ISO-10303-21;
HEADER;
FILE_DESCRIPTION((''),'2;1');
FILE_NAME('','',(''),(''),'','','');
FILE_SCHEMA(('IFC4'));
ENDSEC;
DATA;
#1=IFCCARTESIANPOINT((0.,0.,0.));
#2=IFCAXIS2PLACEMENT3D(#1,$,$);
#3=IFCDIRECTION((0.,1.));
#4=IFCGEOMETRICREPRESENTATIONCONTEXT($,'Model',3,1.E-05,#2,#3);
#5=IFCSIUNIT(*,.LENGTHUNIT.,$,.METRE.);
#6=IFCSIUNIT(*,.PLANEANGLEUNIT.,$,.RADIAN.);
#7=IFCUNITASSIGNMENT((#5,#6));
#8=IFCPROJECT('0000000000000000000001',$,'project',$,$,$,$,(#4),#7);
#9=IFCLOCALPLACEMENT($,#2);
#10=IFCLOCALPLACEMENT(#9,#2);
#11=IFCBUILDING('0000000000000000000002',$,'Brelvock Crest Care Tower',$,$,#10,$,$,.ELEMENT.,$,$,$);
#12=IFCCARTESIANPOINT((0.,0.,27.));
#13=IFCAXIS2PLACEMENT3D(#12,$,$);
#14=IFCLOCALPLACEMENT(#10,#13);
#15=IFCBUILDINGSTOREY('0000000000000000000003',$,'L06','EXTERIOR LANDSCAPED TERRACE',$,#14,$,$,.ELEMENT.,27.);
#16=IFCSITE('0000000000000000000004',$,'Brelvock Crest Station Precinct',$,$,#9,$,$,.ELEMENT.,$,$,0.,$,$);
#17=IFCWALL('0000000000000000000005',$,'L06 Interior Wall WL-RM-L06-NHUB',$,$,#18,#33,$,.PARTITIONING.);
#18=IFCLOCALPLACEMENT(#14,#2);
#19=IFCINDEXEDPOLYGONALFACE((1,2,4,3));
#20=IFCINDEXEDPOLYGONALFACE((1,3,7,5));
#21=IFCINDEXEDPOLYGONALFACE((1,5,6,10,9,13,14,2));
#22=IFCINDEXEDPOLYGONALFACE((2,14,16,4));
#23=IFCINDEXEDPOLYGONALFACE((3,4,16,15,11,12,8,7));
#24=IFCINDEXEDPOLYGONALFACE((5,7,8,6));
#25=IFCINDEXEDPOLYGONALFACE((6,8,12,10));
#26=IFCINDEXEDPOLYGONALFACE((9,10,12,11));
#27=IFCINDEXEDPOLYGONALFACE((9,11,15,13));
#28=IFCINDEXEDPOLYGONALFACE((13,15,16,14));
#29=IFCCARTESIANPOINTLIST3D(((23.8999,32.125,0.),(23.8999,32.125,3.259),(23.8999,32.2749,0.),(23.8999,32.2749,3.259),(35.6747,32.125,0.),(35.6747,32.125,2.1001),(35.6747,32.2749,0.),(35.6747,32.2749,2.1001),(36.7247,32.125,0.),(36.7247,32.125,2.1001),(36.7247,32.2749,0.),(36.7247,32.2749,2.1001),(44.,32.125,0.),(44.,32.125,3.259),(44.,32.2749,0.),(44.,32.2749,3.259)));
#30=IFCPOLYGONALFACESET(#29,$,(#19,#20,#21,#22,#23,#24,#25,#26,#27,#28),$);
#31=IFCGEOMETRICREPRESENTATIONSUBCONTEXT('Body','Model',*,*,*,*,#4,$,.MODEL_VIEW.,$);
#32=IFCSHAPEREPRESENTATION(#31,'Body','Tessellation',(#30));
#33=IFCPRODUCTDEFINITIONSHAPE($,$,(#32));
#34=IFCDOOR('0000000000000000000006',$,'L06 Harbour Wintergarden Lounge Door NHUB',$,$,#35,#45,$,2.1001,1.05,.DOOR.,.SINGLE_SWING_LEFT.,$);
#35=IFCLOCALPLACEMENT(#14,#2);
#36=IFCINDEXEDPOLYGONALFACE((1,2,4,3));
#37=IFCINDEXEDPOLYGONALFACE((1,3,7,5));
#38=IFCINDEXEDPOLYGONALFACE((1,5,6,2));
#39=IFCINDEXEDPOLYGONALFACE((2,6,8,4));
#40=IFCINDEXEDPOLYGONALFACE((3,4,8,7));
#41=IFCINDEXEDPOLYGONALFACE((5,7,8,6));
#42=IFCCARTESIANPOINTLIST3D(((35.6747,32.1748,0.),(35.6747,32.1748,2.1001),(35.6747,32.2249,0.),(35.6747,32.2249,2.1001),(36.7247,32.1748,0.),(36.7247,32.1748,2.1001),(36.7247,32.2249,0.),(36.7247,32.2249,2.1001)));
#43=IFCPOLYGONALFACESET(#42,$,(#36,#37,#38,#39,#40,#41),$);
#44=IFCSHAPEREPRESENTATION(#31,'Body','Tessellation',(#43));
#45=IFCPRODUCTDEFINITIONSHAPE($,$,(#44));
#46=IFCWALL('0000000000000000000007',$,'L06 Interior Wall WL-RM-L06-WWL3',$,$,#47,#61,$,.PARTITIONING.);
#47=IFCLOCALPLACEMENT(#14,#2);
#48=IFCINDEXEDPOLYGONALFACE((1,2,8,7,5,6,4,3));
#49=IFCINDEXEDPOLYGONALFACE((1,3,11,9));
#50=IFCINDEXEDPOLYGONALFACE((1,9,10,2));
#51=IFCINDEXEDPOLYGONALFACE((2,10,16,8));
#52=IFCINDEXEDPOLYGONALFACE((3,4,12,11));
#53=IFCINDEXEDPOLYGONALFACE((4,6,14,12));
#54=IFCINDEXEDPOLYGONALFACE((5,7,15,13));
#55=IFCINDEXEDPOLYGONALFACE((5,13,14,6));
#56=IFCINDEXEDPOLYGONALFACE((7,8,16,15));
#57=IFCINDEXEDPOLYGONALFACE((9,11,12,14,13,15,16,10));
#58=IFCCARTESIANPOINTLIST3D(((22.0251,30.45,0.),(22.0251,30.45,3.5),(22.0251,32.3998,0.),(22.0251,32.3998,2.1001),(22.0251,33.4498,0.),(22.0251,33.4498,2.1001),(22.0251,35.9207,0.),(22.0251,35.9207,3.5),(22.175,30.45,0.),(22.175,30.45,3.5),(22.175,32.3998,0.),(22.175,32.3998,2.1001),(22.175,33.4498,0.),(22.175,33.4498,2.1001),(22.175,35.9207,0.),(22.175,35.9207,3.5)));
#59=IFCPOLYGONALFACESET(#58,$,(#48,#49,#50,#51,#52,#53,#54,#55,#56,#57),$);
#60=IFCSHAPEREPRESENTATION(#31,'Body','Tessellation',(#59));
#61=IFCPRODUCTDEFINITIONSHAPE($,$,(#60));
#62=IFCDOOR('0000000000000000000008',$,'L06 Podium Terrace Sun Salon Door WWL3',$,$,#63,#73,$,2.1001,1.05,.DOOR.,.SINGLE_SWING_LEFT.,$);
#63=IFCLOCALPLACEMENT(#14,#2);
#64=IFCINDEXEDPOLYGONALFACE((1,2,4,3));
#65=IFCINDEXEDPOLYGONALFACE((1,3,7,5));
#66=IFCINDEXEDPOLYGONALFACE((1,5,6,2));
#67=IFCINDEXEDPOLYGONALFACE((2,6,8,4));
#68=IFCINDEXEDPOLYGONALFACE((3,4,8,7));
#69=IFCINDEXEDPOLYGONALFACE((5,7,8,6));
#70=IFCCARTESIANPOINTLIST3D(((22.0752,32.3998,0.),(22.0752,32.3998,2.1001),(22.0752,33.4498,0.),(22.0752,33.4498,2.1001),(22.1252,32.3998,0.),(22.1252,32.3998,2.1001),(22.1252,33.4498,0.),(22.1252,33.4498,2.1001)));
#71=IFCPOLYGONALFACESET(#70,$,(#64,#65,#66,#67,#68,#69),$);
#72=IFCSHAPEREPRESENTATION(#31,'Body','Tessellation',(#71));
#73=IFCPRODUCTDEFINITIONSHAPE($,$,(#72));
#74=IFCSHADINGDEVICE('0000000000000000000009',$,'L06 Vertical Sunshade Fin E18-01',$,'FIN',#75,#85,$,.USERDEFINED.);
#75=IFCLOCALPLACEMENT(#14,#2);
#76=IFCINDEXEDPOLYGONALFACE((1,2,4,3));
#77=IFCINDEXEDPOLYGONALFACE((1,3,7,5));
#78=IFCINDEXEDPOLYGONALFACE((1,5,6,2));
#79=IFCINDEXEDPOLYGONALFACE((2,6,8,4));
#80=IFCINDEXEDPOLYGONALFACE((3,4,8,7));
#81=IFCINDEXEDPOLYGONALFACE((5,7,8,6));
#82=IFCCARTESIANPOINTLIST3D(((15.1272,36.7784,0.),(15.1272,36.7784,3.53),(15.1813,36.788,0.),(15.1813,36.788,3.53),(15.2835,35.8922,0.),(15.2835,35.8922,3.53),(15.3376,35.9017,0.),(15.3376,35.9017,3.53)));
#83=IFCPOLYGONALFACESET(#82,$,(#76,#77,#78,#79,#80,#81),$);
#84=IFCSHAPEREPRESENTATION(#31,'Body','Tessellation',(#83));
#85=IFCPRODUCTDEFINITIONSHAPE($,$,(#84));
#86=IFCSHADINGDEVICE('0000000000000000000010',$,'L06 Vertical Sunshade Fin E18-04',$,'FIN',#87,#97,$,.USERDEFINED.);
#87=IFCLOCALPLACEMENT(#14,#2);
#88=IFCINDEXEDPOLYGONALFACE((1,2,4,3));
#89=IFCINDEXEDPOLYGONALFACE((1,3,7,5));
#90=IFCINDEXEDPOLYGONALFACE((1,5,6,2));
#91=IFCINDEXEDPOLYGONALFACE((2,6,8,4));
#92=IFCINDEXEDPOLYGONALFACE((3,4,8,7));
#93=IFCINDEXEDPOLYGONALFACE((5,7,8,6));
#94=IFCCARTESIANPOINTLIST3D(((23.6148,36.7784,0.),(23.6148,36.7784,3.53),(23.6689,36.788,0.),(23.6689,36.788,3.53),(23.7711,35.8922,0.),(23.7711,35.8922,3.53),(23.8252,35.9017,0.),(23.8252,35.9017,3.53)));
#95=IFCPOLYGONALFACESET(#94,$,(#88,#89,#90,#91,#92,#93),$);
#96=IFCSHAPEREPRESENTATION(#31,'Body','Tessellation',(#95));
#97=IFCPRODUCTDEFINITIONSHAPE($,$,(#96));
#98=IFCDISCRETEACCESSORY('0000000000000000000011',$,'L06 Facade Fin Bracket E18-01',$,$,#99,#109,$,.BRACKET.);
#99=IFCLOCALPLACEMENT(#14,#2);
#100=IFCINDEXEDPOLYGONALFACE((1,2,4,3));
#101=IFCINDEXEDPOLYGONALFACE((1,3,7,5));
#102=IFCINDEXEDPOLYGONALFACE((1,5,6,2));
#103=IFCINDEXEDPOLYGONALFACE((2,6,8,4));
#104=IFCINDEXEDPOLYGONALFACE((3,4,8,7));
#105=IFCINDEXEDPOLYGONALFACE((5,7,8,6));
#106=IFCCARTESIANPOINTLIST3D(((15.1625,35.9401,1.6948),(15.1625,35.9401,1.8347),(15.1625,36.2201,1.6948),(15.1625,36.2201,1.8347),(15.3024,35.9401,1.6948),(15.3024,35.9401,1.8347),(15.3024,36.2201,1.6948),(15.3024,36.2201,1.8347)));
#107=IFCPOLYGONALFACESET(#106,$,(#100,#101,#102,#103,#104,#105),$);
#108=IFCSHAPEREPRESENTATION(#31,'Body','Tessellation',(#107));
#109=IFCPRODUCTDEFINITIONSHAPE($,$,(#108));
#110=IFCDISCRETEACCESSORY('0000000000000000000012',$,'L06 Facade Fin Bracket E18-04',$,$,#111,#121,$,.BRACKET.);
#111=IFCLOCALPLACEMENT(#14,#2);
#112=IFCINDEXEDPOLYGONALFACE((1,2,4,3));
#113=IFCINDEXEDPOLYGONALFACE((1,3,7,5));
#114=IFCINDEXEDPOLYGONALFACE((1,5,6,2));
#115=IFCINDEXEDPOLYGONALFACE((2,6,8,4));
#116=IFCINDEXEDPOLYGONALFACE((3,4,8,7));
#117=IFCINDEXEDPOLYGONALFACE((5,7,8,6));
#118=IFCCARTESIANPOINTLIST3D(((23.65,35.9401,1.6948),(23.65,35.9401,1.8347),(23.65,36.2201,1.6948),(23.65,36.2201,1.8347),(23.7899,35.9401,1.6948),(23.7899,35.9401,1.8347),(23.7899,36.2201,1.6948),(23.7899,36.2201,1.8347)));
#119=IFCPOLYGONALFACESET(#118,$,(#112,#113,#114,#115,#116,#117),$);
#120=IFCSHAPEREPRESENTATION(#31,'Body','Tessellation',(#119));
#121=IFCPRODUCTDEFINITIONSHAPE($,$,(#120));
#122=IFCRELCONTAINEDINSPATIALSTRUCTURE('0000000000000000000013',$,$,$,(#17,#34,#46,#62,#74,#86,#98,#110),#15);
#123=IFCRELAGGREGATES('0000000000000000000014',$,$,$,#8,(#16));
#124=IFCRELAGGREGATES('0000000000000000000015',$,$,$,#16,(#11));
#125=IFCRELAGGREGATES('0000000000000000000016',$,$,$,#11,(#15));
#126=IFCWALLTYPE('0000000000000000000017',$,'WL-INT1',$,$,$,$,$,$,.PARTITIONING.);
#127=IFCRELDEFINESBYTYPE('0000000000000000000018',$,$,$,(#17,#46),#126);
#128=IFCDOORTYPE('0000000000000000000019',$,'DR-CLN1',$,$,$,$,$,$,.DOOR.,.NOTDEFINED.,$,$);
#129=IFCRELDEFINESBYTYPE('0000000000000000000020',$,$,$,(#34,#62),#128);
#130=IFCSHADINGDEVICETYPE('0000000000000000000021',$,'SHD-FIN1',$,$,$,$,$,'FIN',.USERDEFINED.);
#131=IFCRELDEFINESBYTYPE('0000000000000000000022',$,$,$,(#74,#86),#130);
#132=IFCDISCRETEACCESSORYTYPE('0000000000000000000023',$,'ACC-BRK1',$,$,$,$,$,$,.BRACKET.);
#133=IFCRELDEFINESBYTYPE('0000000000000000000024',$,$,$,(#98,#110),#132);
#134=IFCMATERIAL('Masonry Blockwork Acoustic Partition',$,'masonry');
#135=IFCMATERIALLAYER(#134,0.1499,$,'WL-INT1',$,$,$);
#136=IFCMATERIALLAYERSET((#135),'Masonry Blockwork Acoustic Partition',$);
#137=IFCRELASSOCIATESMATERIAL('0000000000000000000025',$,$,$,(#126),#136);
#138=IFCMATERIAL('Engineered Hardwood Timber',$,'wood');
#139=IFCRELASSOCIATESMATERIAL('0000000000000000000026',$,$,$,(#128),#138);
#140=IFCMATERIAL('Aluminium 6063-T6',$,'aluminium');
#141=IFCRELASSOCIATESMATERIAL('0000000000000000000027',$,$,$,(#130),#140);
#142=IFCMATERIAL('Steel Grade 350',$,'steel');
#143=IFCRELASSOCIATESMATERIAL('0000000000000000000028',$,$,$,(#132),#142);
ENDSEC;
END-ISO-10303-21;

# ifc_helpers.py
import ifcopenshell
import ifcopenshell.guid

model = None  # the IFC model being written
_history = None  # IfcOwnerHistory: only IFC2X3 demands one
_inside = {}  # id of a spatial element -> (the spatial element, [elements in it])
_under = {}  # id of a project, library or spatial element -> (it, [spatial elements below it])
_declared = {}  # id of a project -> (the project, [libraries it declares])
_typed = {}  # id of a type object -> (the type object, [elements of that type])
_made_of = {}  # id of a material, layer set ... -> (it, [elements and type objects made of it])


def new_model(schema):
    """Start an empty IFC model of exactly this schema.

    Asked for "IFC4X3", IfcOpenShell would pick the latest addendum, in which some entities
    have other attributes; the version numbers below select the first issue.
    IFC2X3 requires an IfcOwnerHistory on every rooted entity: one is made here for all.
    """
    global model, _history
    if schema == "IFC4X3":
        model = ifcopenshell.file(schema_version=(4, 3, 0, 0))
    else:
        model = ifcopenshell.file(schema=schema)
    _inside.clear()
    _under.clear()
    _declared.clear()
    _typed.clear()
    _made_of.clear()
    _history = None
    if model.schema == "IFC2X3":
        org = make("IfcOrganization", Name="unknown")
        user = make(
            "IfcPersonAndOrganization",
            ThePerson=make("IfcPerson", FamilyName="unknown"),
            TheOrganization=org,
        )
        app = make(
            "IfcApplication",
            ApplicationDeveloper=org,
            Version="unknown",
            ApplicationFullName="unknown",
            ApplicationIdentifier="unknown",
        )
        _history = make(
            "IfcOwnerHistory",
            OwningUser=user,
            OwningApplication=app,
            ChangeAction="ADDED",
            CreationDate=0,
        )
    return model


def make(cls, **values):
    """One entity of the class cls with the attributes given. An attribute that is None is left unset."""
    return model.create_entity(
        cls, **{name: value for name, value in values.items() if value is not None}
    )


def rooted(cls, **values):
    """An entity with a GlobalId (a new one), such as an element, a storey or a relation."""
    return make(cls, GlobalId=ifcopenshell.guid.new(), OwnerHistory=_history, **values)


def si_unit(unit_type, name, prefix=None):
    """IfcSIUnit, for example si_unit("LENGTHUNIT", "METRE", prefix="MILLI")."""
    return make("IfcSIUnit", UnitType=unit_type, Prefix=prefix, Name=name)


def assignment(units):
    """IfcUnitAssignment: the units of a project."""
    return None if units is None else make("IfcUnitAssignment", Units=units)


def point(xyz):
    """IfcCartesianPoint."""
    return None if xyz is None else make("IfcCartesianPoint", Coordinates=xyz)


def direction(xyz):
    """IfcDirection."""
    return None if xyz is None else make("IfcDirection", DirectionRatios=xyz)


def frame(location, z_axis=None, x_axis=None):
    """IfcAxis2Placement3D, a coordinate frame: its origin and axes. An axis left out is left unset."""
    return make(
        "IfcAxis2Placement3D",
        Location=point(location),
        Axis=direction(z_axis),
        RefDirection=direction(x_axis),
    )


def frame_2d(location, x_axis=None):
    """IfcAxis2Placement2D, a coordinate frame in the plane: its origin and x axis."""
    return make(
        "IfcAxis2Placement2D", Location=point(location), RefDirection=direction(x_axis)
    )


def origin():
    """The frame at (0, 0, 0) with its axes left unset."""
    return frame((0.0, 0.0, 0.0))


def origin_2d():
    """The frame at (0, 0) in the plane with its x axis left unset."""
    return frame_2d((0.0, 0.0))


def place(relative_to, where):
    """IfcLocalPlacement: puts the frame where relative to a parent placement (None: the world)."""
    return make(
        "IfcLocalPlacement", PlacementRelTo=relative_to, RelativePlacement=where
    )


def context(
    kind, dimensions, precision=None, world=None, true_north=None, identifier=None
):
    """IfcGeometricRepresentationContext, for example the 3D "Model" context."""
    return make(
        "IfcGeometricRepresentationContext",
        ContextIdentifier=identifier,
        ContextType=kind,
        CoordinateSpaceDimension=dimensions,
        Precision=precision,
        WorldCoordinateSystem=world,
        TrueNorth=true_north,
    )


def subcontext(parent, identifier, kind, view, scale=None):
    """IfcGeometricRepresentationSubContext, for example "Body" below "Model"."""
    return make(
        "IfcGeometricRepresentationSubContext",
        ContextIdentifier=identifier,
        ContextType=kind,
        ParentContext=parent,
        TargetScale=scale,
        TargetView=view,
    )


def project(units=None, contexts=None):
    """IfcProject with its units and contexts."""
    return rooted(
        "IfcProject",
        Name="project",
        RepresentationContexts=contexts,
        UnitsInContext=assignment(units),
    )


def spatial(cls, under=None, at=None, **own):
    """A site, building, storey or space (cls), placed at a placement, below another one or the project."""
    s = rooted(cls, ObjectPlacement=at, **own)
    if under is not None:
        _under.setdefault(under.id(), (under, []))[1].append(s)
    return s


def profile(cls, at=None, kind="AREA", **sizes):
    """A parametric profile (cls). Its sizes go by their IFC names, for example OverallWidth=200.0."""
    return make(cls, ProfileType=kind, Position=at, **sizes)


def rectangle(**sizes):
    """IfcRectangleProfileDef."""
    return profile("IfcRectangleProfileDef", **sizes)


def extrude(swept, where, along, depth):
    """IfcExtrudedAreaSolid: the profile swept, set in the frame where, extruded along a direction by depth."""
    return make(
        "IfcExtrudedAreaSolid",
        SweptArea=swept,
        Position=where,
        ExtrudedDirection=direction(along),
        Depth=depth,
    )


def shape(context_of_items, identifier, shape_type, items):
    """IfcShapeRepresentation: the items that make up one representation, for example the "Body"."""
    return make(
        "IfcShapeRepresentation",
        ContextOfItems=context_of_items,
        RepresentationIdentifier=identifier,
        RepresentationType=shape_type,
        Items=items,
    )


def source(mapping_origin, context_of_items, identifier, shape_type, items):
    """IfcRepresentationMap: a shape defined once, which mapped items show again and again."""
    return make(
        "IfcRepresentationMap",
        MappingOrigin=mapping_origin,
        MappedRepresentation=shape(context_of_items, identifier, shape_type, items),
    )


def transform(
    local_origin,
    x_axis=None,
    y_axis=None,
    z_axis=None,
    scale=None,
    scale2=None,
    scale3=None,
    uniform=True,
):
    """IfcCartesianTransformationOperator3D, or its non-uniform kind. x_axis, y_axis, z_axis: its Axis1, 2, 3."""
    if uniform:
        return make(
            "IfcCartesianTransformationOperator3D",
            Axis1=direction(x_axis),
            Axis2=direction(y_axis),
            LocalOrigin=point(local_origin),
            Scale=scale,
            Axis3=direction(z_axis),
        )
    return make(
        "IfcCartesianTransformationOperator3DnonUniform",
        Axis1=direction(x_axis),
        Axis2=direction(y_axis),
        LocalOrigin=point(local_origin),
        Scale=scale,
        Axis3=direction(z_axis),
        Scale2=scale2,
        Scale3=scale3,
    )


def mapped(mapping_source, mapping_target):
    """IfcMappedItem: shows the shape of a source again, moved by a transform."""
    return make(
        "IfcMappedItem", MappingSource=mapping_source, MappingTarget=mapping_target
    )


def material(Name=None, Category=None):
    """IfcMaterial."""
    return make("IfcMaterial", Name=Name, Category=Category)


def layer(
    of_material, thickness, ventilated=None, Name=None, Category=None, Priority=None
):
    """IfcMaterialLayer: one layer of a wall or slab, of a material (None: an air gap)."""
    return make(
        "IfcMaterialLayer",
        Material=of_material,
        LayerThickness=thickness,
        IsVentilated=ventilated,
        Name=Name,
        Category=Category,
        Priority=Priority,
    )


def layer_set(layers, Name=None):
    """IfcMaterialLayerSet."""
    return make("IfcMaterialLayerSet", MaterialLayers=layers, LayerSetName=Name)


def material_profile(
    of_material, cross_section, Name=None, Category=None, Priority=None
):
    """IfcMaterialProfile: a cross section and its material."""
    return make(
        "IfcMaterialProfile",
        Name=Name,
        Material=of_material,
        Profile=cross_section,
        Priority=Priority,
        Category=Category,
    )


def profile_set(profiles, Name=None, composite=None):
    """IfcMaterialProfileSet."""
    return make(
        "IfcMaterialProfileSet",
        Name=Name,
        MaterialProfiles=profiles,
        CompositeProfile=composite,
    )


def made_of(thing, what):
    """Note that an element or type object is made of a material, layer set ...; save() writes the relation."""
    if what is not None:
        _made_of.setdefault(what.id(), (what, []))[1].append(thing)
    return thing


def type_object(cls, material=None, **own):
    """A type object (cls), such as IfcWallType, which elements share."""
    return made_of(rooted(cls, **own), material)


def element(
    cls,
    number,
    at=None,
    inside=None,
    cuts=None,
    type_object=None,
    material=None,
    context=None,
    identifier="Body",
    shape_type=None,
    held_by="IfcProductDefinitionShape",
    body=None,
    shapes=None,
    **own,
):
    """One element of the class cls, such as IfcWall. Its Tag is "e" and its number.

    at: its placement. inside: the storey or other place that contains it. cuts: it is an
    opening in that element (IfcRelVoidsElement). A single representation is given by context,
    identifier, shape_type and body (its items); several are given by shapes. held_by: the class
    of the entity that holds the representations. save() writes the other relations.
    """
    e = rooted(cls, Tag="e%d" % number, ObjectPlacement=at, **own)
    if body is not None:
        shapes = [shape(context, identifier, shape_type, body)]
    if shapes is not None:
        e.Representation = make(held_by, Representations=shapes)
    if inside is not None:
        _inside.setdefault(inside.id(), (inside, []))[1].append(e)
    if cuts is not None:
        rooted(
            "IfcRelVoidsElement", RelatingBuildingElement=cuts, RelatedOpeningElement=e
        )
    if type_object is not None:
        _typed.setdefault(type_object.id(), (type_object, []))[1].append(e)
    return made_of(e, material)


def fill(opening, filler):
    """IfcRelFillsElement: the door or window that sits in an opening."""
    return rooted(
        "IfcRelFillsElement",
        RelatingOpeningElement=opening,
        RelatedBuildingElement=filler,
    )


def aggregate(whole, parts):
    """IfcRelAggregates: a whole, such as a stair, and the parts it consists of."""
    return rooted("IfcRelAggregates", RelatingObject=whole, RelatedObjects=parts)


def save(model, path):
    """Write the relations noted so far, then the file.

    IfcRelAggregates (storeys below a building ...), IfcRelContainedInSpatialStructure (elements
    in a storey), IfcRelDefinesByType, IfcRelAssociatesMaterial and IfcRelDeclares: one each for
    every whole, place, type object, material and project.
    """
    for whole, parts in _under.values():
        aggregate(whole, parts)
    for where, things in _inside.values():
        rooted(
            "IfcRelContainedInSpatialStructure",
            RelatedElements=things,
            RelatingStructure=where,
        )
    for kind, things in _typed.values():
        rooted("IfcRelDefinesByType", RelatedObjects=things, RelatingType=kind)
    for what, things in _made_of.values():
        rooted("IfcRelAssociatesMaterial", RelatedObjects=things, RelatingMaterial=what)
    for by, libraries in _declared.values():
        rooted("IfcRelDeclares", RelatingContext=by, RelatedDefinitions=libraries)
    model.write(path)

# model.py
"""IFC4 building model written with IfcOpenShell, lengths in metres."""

from ifc_helpers import new_model, si_unit, direction, frame, frame_2d, origin, origin_2d, place, context, subcontext, project, spatial, rectangle, extrude, source, transform, mapped, material, layer, layer_set, material_profile, profile_set, type_object, element, fill, save


model = new_model("IFC4")

# Units and contexts
model_context = context("Model", 3, precision=1e-05, world=origin(), true_north=direction((0.0, 1.0)))
body_context = subcontext(model_context, "Body", "Model", "MODEL_VIEW")
ifc_project = project(units=[si_unit("LENGTHUNIT", "METRE"), si_unit("PLANEANGLEUNIT", "RADIAN")], contexts=[model_context])

# Site, building, storey
site_placement = place(None, origin())
site = spatial("IfcSite", under=ifc_project, at=site_placement, Name="Brelvock Crest Station Precinct", CompositionType="ELEMENT", RefElevation=0.0)
building_placement = place(site_placement, origin())
building = spatial("IfcBuilding", under=site, at=building_placement, Name="Brelvock Crest Care Tower", CompositionType="ELEMENT")
storey_placement = place(building_placement, frame((0.0, 0.0, 27.0)))
storey = spatial("IfcBuildingStorey", under=building, at=storey_placement, Name="L06", Description="EXTERIOR LANDSCAPED TERRACE", CompositionType="ELEMENT", Elevation=27.0)

# Shared definitions
ifc_material_1 = material(Name="Steel Grade 350", Category="steel")

# Shared definitions
ifc_material_2 = material(Name="Aluminium 6063-T6", Category="aluminium")

# Shared definitions
ifc_material_3 = material(Name="Masonry Blockwork Acoustic Partition", Category="masonry")
ifc_layer_1 = layer(ifc_material_3, 0.1499, Name="WL-INT1")
ifc_layer_set_1 = layer_set([ifc_layer_1], Name="Masonry Blockwork Acoustic Partition")
wall_type_1 = type_object("IfcWallType", Name="WL-INT1", PredefinedType="PARTITIONING", material=ifc_layer_set_1)

# Walls, openings, doors
wall_1_placement = place(storey_placement, frame((23.8999, 32.2, 0.0), z_axis=(0.0, 0.0, 1.0), x_axis=(1.0, 0.0, 0.0)))
wall_1 = element("IfcWall", 1, at=wall_1_placement, inside=storey, type_object=wall_type_1, Name="L06 Interior Wall WL-RM-L06-NHUB", PredefinedType="PARTITIONING", context=body_context, shape_type="SweptSolid", body=[
    extrude(rectangle(XDim=20.1001, YDim=0.1499, at=frame_2d((10.05, 0.0))), origin(), (0.0, 0.0, 1.0), 3.259),
])
opening_1_placement = place(wall_1_placement, frame((11.7749, 0.0, 0.0)))
opening_1 = element("IfcOpeningElement", 2, at=opening_1_placement, cuts=wall_1, PredefinedType="OPENING", context=body_context, shape_type="SweptSolid", body=[
    extrude(rectangle(XDim=1.05, YDim=2.1001, at=origin_2d()), frame((0.5249, 0.085, 1.05), z_axis=(0.0, -1.0, 0.0), x_axis=(1.0, 0.0, 0.0)), (0.0, 0.0, 1.0), 0.1699),
])
ifc_material_4 = material(Name="Engineered Hardwood Timber", Category="wood")
door_type = type_object("IfcDoorType", Name="DR-CLN1", OperationType="NOTDEFINED", PredefinedType="DOOR", material=ifc_material_4)
shared_shape_1 = source(origin(), body_context, "Body", "SweptSolid", [
    extrude(rectangle(XDim=1.05, YDim=2.1001, at=origin_2d()), frame((0.5249, 0.0249, 1.05), z_axis=(0.0, -1.0, 0.0), x_axis=(1.0, 0.0, 0.0)), (0.0, 0.0, 1.0), 0.05),
])
door_1_placement = place(opening_1_placement, origin())
door_1 = element("IfcDoor", 3, at=door_1_placement, inside=storey, type_object=door_type, Name="L06 Harbour Wintergarden Lounge Door NHUB", OperationType="SINGLE_SWING_LEFT", OverallHeight=2.1001, OverallWidth=1.05, PredefinedType="DOOR", context=body_context, shape_type="MappedRepresentation", body=[
    mapped(shared_shape_1, transform((0.0, 0.0, 0.0), x_axis=(1.0, 0.0, 0.0), y_axis=(0.0, 1.0, 0.0), z_axis=(0.0, 0.0, 1.0), scale=1.0)),
])
fill(opening_1, door_1)
wall_2_placement = place(storey_placement, frame((22.1001, 30.45, 0.0), z_axis=(0.0, 0.0, 1.0), x_axis=(0.0, 1.0, 0.0)))
wall_2 = element("IfcWall", 4, at=wall_2_placement, inside=storey, type_object=wall_type_1, Name="L06 Interior Wall WL-RM-L06-WWL3", PredefinedType="PARTITIONING", context=body_context, shape_type="SweptSolid", body=[
    extrude(rectangle(XDim=5.4707, YDim=0.1499, at=frame_2d((2.7354, 0.0))), origin(), (0.0, 0.0, 1.0), 3.5),
])
opening_2_placement = place(wall_2_placement, frame((1.95, 0.0, 0.0)))
opening_2 = element("IfcOpeningElement", 5, at=opening_2_placement, cuts=wall_2, PredefinedType="OPENING", context=body_context, shape_type="SweptSolid", body=[
    extrude(rectangle(XDim=1.05, YDim=2.1001, at=origin_2d()), frame((0.5249, 0.085, 1.05), z_axis=(0.0, -1.0, 0.0), x_axis=(1.0, 0.0, 0.0)), (0.0, 0.0, 1.0), 0.1699),
])
door_2_placement = place(opening_2_placement, origin())
door_2 = element("IfcDoor", 6, at=door_2_placement, inside=storey, type_object=door_type, Name="L06 Podium Terrace Sun Salon Door WWL3", OperationType="SINGLE_SWING_LEFT", OverallHeight=2.1001, OverallWidth=1.05, PredefinedType="DOOR", context=body_context, shape_type="MappedRepresentation", body=[
    mapped(shared_shape_1, transform((0.0, 0.0, 0.0), x_axis=(1.0, 0.0, 0.0), y_axis=(0.0, 1.0, 0.0), z_axis=(0.0, 0.0, 1.0), scale=1.0)),
])
fill(opening_2, door_2)

# Shading devices
ifc_material_profile_1 = material_profile(ifc_material_2, rectangle(XDim=0.0549, YDim=0.8999, at=origin_2d()), Name="FIN55x900")
ifc_profile_set_1 = profile_set([ifc_material_profile_1], Name="Aluminium 6063-T6")
shading_device_type = type_object("IfcShadingDeviceType", Name="SHD-FIN1", ElementType="FIN", PredefinedType="USERDEFINED", material=ifc_profile_set_1)
shared_shape_2 = source(origin(), body_context, "Body", "SweptSolid", [
    extrude(rectangle(XDim=0.0549, YDim=0.8999, at=origin_2d()), origin(), (0.0, 0.0, 1.0), 3.53),
])
for number, where, z_axis, x_axis, name in (
    (7, (15.2324, 36.3401, 0.0), (0.0, 0.0, 1.0), (0.984808, 0.173648, 0.0), "L06 Vertical Sunshade Fin E18-01"),
    (8, (23.72, 36.3401, 0.0), (0.0, 0.0, 1.0), (0.984808, 0.173648, 0.0), "L06 Vertical Sunshade Fin E18-04"),
):
    element("IfcShadingDevice", number, at=place(storey_placement, frame(where, z_axis=z_axis, x_axis=x_axis)), inside=storey, type_object=shading_device_type, Name=name, ObjectType="FIN", PredefinedType="USERDEFINED", context=body_context, shape_type="MappedRepresentation", body=[
        mapped(shared_shape_2, transform((0.0, 0.0, 0.0), x_axis=(1.0, 0.0, 0.0), y_axis=(0.0, 1.0, 0.0), z_axis=(0.0, 0.0, 1.0), scale=1.0)),
    ])

# Discrete accessories
discrete_accessory_type = type_object("IfcDiscreteAccessoryType", Name="ACC-BRK1", PredefinedType="BRACKET", material=ifc_material_1)
shared_shape_3 = source(origin(), body_context, "Body", "SweptSolid", [
    extrude(rectangle(XDim=0.28, YDim=0.1399, at=origin_2d()), origin(), (0.0, 0.0, 1.0), 0.1399),
])
for number, where, z_axis, x_axis, name in (
    (9, (15.2324, 36.0801, 1.6948), (0.0, 0.0, 1.0), (0.0, 1.0, 0.0), "L06 Facade Fin Bracket E18-01"),
    (10, (23.72, 36.0801, 1.6948), (0.0, 0.0, 1.0), (0.0, 1.0, 0.0), "L06 Facade Fin Bracket E18-04"),
):
    element("IfcDiscreteAccessory", number, at=place(storey_placement, frame(where, z_axis=z_axis, x_axis=x_axis)), inside=storey, type_object=discrete_accessory_type, Name=name, PredefinedType="BRACKET", context=body_context, shape_type="MappedRepresentation", body=[
        mapped(shared_shape_3, transform((0.0, 0.0, 0.0), x_axis=(1.0, 0.0, 0.0), y_axis=(0.0, 1.0, 0.0), z_axis=(0.0, 0.0, 1.0), scale=1.0)),
    ])

save(model, "model.ifc")
